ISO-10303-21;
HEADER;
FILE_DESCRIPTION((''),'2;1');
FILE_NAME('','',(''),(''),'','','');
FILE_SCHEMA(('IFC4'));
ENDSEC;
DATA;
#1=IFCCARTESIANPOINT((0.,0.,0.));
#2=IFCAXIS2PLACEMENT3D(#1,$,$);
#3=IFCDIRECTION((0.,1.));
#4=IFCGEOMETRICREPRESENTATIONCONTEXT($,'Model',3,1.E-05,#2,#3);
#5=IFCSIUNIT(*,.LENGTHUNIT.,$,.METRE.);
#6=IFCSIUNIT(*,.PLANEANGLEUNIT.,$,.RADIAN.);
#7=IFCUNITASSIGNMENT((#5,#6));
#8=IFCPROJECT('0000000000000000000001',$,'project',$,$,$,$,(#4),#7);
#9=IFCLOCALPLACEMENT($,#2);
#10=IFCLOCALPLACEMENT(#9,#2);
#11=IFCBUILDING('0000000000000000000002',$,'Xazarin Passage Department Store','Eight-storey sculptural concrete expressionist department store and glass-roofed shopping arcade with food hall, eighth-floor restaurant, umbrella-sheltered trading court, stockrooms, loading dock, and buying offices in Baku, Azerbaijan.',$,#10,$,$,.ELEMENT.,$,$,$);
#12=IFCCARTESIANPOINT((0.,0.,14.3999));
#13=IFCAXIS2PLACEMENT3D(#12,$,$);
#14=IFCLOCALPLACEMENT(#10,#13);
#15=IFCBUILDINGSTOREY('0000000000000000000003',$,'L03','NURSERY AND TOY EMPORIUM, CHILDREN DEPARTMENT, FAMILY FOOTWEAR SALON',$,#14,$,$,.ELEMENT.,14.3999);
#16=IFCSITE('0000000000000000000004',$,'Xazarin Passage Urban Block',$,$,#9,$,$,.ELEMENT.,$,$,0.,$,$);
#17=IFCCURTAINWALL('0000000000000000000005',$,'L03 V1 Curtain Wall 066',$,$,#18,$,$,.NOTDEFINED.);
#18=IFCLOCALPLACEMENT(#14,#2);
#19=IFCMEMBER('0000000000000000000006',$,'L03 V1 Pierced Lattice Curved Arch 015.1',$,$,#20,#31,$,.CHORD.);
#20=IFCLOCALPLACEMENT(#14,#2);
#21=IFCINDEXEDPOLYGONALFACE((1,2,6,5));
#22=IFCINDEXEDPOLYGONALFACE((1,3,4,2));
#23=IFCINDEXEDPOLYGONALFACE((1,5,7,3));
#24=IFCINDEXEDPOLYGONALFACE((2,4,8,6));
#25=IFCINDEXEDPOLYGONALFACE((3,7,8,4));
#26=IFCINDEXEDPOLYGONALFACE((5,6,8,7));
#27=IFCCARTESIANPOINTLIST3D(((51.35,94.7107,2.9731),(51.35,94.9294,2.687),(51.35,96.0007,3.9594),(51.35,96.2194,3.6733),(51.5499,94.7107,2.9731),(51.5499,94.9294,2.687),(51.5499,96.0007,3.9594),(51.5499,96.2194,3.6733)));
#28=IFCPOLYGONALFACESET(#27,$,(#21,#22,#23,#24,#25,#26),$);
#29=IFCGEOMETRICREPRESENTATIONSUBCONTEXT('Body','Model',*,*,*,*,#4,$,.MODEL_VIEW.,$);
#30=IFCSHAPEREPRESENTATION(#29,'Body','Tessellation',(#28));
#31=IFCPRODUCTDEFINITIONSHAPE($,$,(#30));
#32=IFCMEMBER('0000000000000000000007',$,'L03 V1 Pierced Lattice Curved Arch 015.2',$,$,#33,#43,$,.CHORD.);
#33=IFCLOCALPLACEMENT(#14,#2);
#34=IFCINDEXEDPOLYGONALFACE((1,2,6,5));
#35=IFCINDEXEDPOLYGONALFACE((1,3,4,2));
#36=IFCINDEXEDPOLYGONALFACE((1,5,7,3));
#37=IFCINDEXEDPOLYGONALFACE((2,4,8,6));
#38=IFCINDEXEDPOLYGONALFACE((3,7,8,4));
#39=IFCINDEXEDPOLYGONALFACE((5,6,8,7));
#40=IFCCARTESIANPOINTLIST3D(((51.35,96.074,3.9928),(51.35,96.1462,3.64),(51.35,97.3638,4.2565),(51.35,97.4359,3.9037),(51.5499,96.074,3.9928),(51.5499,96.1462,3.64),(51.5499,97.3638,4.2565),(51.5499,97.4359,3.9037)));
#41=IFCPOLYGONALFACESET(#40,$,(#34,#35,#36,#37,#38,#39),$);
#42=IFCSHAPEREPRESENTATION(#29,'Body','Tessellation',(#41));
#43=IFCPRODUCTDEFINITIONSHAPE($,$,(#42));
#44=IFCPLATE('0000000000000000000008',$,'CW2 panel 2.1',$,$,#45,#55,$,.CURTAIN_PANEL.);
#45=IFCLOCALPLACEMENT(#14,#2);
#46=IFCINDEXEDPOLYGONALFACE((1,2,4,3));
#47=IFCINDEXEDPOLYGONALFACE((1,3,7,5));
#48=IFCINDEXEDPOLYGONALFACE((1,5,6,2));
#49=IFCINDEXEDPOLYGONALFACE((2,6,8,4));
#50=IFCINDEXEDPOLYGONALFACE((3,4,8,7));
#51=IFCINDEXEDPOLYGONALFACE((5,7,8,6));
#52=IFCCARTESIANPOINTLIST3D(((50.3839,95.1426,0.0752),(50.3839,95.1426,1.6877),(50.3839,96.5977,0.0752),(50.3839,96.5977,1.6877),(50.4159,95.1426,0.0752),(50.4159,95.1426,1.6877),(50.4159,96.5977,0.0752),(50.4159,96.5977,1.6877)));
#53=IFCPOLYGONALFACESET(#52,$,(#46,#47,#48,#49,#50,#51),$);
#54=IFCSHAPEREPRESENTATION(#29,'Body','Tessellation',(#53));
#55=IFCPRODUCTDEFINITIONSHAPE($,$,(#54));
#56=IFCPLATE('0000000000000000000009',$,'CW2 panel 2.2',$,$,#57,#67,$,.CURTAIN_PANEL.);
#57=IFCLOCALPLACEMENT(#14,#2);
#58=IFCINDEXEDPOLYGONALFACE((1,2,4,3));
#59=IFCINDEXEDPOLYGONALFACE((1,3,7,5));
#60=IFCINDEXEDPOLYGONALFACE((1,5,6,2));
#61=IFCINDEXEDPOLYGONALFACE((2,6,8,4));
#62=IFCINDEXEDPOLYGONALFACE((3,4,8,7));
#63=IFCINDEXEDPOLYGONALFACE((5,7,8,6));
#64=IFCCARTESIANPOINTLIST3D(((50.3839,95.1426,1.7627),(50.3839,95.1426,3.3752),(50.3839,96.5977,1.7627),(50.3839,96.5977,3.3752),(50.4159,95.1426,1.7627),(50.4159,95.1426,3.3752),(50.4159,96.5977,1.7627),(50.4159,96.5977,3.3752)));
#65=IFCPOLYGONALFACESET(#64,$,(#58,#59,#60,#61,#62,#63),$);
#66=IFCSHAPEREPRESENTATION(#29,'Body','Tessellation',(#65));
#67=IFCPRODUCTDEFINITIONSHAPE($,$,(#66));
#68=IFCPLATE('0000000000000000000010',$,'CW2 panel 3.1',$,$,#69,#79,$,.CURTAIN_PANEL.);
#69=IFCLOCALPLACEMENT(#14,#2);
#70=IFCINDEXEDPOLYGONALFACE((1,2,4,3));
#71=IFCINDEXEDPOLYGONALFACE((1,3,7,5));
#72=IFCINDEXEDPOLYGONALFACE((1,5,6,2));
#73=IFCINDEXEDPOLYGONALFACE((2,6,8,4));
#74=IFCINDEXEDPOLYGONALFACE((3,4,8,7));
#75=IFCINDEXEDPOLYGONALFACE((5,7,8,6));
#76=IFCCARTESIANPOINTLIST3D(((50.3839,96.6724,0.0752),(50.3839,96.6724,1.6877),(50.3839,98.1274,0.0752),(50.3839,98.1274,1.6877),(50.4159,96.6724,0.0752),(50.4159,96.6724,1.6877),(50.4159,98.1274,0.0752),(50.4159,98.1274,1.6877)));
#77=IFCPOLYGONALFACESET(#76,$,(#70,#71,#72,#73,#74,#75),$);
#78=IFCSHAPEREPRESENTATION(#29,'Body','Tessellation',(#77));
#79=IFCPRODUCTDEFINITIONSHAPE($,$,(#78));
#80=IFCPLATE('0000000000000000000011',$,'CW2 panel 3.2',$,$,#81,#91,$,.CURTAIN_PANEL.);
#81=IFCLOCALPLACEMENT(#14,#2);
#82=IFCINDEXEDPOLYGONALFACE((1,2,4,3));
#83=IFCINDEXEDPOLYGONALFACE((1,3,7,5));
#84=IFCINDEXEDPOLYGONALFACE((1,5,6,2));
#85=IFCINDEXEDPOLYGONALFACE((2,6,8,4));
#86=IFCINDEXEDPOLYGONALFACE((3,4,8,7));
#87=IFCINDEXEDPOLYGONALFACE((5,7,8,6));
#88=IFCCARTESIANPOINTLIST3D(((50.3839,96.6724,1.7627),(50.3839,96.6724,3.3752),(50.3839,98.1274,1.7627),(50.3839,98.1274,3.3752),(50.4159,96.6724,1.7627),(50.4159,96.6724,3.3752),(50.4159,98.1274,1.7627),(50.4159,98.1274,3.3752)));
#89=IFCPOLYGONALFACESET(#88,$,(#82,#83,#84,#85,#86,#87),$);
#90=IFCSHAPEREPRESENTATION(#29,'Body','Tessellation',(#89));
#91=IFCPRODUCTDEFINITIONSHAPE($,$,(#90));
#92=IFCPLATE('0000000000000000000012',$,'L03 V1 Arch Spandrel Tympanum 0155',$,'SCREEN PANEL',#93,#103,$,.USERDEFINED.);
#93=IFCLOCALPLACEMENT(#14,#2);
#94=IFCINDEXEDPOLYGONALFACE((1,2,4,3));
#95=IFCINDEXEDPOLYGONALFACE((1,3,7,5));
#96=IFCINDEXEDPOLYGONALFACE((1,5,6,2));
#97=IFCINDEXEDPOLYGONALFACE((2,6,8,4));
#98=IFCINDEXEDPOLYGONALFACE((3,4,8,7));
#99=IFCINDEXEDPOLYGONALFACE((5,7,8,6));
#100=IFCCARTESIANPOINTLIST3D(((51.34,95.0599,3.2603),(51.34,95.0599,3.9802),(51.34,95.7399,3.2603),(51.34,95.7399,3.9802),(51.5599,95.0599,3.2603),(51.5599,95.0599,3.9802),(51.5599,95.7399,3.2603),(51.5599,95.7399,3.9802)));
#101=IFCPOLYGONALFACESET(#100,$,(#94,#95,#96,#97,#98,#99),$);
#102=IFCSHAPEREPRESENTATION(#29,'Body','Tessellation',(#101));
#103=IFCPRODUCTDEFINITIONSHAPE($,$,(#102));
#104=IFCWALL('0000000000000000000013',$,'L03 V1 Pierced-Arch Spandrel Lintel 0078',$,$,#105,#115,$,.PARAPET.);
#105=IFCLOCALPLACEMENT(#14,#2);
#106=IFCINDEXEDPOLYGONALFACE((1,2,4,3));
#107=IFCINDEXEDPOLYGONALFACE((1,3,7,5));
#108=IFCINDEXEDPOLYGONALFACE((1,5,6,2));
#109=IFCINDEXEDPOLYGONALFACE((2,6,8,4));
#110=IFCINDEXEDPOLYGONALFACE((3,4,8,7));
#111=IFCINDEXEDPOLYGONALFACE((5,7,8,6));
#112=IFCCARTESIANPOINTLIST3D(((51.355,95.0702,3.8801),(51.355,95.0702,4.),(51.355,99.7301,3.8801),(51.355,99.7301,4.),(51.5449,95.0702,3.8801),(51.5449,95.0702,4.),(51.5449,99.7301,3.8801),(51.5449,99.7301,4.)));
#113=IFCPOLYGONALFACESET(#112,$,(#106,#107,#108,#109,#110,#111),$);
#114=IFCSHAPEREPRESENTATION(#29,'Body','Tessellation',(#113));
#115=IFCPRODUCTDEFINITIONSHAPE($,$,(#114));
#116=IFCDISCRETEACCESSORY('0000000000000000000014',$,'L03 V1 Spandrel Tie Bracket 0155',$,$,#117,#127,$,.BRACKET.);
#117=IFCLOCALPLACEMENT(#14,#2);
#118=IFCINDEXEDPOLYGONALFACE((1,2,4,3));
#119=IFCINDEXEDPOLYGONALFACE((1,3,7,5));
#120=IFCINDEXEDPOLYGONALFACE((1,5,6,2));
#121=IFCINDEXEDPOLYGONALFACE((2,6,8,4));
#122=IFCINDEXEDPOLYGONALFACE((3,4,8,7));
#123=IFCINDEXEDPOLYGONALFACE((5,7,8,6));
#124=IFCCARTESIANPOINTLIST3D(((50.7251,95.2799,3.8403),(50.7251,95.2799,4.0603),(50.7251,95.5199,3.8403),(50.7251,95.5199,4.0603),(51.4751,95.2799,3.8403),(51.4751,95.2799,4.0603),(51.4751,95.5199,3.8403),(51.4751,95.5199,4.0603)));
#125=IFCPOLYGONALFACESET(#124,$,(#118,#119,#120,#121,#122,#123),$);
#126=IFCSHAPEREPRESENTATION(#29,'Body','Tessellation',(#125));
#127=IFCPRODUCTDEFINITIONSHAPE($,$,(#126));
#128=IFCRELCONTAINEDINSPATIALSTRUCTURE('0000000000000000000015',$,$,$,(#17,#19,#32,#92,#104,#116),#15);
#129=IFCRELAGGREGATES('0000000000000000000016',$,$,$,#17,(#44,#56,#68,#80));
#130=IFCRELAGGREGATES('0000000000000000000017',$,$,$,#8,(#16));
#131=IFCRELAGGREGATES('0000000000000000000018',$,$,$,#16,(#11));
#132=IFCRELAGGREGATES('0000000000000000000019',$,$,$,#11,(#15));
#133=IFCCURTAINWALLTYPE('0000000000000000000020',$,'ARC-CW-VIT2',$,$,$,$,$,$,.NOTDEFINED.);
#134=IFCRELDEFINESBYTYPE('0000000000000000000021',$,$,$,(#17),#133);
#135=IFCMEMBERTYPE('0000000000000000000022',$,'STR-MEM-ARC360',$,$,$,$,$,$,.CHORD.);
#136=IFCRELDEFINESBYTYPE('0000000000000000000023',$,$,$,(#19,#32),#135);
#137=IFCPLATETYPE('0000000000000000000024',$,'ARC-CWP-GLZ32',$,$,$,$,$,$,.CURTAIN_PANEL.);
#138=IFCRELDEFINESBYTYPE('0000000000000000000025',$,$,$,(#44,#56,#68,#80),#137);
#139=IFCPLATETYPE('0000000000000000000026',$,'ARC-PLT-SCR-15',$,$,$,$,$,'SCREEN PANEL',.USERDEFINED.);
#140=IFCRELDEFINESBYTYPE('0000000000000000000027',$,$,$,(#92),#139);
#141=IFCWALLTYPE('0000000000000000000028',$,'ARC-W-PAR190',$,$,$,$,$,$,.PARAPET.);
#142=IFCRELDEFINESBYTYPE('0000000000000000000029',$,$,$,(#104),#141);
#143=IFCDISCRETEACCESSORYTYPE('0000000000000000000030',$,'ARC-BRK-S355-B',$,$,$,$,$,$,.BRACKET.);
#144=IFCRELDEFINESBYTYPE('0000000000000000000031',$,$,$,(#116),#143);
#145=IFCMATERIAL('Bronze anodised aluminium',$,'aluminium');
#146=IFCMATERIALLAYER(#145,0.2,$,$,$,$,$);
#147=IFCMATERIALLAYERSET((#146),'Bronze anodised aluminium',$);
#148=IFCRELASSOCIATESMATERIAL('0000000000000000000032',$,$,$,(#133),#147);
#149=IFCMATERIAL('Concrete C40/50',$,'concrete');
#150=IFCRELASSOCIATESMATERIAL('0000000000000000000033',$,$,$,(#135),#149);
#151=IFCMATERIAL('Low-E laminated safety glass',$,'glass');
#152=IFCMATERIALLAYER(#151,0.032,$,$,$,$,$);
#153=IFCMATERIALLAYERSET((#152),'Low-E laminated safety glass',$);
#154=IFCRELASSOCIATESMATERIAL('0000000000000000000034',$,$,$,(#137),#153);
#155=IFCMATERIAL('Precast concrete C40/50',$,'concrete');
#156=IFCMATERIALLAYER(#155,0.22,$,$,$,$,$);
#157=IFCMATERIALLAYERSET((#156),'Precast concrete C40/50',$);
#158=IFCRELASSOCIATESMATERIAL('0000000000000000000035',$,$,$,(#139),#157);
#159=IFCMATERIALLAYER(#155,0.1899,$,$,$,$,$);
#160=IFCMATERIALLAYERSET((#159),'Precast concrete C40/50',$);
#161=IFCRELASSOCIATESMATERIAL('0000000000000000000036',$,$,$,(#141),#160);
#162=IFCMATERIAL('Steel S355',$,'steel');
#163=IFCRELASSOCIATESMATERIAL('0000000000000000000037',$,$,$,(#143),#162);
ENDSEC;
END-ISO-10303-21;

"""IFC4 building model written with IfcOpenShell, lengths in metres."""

from ifc_helpers import new_model, si_unit, direction, frame, frame_2d, origin, origin_2d, place, context, subcontext, project, spatial, rectangle, extrude, material, layer, layer_set, material_profile, profile_set, type_object, element, aggregate, save


model = new_model("IFC4")

# Units and contexts
model_context = context("Model", 3, precision=1e-05, world=origin(), true_north=direction((0.0, 1.0)))
body_context = subcontext(model_context, "Body", "Model", "MODEL_VIEW")
ifc_project = project(units=[si_unit("LENGTHUNIT", "METRE"), si_unit("PLANEANGLEUNIT", "RADIAN")], contexts=[model_context])

# Site, building, storey
site_placement = place(None, origin())
site = spatial("IfcSite", under=ifc_project, at=site_placement, Name="Xazarin Passage Urban Block", CompositionType="ELEMENT", RefElevation=0.0)
building_placement = place(site_placement, origin())
building = spatial("IfcBuilding", under=site, at=building_placement, Name="Xazarin Passage Department Store", Description="Eight-storey sculptural concrete expressionist department store and glass-roofed shopping arcade with food hall, eighth-floor restaurant, umbrella-sheltered trading court, stockrooms, loading dock, and buying offices in Baku, Azerbaijan.", CompositionType="ELEMENT")
storey_placement = place(building_placement, frame((0.0, 0.0, 14.3999)))
storey = spatial("IfcBuildingStorey", under=building, at=storey_placement, Name="L03", Description="NURSERY AND TOY EMPORIUM, CHILDREN DEPARTMENT, FAMILY FOOTWEAR SALON", CompositionType="ELEMENT", Elevation=14.3999)

# Shared definitions
ifc_material_1 = material(Name="Concrete C40/50", Category="concrete")

# Curtain wall
ifc_material_2 = material(Name="Bronze anodised aluminium", Category="aluminium")
ifc_layer_1 = layer(ifc_material_2, 0.2)
ifc_layer_set_1 = layer_set([ifc_layer_1], Name="Bronze anodised aluminium")
curtain_wall_type = type_object("IfcCurtainWallType", Name="ARC-CW-VIT2", PredefinedType="NOTDEFINED", material=ifc_layer_set_1)
curtain_wall_placement = place(storey_placement, origin())
curtain_wall = element("IfcCurtainWall", 1, at=curtain_wall_placement, inside=storey, type_object=curtain_wall_type, Name="L03 V1 Curtain Wall 066", PredefinedType="NOTDEFINED")

# Members
ifc_material_profile_1 = material_profile(ifc_material_1, rectangle(XDim=0.2, YDim=0.3601, at=origin_2d()), Name="RC 200x360")
ifc_profile_set_1 = profile_set([ifc_material_profile_1], Name="Concrete C40/50")
member_type_1 = type_object("IfcMemberType", Name="STR-MEM-ARC360", PredefinedType="CHORD", material=ifc_profile_set_1)
member_1_placement = place(storey_placement, frame((51.45, 94.8201, 2.8301), z_axis=(0.0, 0.794409, 0.607383), x_axis=(-1.0, 0.0, 0.0)))
element("IfcMember", 2, at=member_1_placement, inside=storey, type_object=member_type_1, Name="L03 V1 Pierced Lattice Curved Arch 015.1", PredefinedType="CHORD", context=body_context, shape_type="SweptSolid", body=[
    extrude(rectangle(XDim=0.2, YDim=0.3601, at=origin_2d()), origin(), (0.0, 0.0, 1.0), 1.6238),
])
member_2_placement = place(storey_placement, frame((51.45, 96.1101, 3.8164), z_axis=(0.0, 0.979737, 0.200287), x_axis=(-1.0, 0.0, 0.0)))
element("IfcMember", 3, at=member_2_placement, inside=storey, type_object=member_type_1, Name="L03 V1 Pierced Lattice Curved Arch 015.2", PredefinedType="CHORD", context=body_context, shape_type="SweptSolid", body=[
    extrude(rectangle(XDim=0.2, YDim=0.3601, at=origin_2d()), origin(), (0.0, 0.0, 1.0), 1.3164),
])

# Plates
ifc_material_3 = material(Name="Low-E laminated safety glass", Category="glass")
ifc_layer_2 = layer(ifc_material_3, 0.032)
ifc_layer_set_2 = layer_set([ifc_layer_2], Name="Low-E laminated safety glass")
plate_type_1 = type_object("IfcPlateType", Name="ARC-CWP-GLZ32", PredefinedType="CURTAIN_PANEL", material=ifc_layer_set_2)
plate_1_placement = place(storey_placement, frame((50.3999, 95.8701, 0.0752), z_axis=(0.0, 0.0, 1.0), x_axis=(0.0, 1.0, 0.0)))
plate_1 = element("IfcPlate", 4, at=plate_1_placement, type_object=plate_type_1, Name="CW2 panel 2.1", PredefinedType="CURTAIN_PANEL", context=body_context, shape_type="SweptSolid", body=[
    extrude(rectangle(XDim=1.4551, YDim=0.032, at=origin_2d()), origin(), (0.0, 0.0, 1.0), 1.6125),
])
plate_2_placement = place(storey_placement, frame((50.3999, 95.8701, 1.7627), z_axis=(0.0, 0.0, 1.0), x_axis=(0.0, 1.0, 0.0)))
plate_2 = element("IfcPlate", 5, at=plate_2_placement, type_object=plate_type_1, Name="CW2 panel 2.2", PredefinedType="CURTAIN_PANEL", context=body_context, shape_type="SweptSolid", body=[
    extrude(rectangle(XDim=1.4551, YDim=0.032, at=origin_2d()), origin(), (0.0, 0.0, 1.0), 1.6125),
])
plate_3_placement = place(storey_placement, frame((50.3999, 97.3999, 0.0752), z_axis=(0.0, 0.0, 1.0), x_axis=(0.0, 1.0, 0.0)))
plate_3 = element("IfcPlate", 6, at=plate_3_placement, type_object=plate_type_1, Name="CW2 panel 3.1", PredefinedType="CURTAIN_PANEL", context=body_context, shape_type="SweptSolid", body=[
    extrude(rectangle(XDim=1.4551, YDim=0.032, at=origin_2d()), origin(), (0.0, 0.0, 1.0), 1.6125),
])
plate_4_placement = place(storey_placement, frame((50.3999, 97.3999, 1.7627), z_axis=(0.0, 0.0, 1.0), x_axis=(0.0, 1.0, 0.0)))
plate_4 = element("IfcPlate", 7, at=plate_4_placement, type_object=plate_type_1, Name="CW2 panel 3.2", PredefinedType="CURTAIN_PANEL", context=body_context, shape_type="SweptSolid", body=[
    extrude(rectangle(XDim=1.4551, YDim=0.032, at=origin_2d()), origin(), (0.0, 0.0, 1.0), 1.6125),
])
aggregate(curtain_wall, [plate_1, plate_2, plate_3, plate_4])
ifc_material_4 = material(Name="Precast concrete C40/50", Category="concrete")
ifc_layer_3 = layer(ifc_material_4, 0.22)
ifc_layer_set_3 = layer_set([ifc_layer_3], Name="Precast concrete C40/50")
plate_type_2 = type_object("IfcPlateType", Name="ARC-PLT-SCR-15", ElementType="SCREEN PANEL", PredefinedType="USERDEFINED", material=ifc_layer_set_3)
plate_5_placement = place(storey_placement, frame((51.45, 95.3999, 3.2603), z_axis=(0.0, 0.0, 1.0), x_axis=(0.0, 1.0, 0.0)))
element("IfcPlate", 8, at=plate_5_placement, inside=storey, type_object=plate_type_2, Name="L03 V1 Arch Spandrel Tympanum 0155", ObjectType="SCREEN PANEL", PredefinedType="USERDEFINED", context=body_context, shape_type="SweptSolid", body=[
    extrude(rectangle(XDim=0.6799, YDim=0.22, at=origin_2d()), origin(), (0.0, 0.0, 1.0), 0.72),
])

# Wall
ifc_layer_4 = layer(ifc_material_4, 0.1899)
ifc_layer_set_4 = layer_set([ifc_layer_4], Name="Precast concrete C40/50")
wall_type = type_object("IfcWallType", Name="ARC-W-PAR190", PredefinedType="PARAPET", material=ifc_layer_set_4)
wall_placement = place(storey_placement, frame((51.45, 95.0701, 3.8801), z_axis=(0.0, 0.0, 1.0), x_axis=(0.0, 1.0, 0.0)))
element("IfcWall", 9, at=wall_placement, inside=storey, type_object=wall_type, Name="L03 V1 Pierced-Arch Spandrel Lintel 0078", PredefinedType="PARAPET", context=body_context, shape_type="SweptSolid", body=[
    extrude(rectangle(XDim=4.6599, YDim=0.1899, at=frame_2d((2.3301, 0.0))), origin(), (0.0, 0.0, 1.0), 0.1199),
])

# Discrete accessory
ifc_material_5 = material(Name="Steel S355", Category="steel")
discrete_accessory_type = type_object("IfcDiscreteAccessoryType", Name="ARC-BRK-S355-B", PredefinedType="BRACKET", material=ifc_material_5)
discrete_accessory_placement = place(storey_placement, frame((51.1001, 95.3999, 3.8403), z_axis=(0.0, 0.0, 1.0), x_axis=(0.0, 1.0, 0.0)))
element("IfcDiscreteAccessory", 10, at=discrete_accessory_placement, inside=storey, type_object=discrete_accessory_type, Name="L03 V1 Spandrel Tie Bracket 0155", PredefinedType="BRACKET", context=body_context, shape_type="SweptSolid", body=[
    extrude(rectangle(XDim=0.24, YDim=0.75, at=origin_2d()), origin(), (0.0, 0.0, 1.0), 0.22),
])

save(model, "model.ifc")
